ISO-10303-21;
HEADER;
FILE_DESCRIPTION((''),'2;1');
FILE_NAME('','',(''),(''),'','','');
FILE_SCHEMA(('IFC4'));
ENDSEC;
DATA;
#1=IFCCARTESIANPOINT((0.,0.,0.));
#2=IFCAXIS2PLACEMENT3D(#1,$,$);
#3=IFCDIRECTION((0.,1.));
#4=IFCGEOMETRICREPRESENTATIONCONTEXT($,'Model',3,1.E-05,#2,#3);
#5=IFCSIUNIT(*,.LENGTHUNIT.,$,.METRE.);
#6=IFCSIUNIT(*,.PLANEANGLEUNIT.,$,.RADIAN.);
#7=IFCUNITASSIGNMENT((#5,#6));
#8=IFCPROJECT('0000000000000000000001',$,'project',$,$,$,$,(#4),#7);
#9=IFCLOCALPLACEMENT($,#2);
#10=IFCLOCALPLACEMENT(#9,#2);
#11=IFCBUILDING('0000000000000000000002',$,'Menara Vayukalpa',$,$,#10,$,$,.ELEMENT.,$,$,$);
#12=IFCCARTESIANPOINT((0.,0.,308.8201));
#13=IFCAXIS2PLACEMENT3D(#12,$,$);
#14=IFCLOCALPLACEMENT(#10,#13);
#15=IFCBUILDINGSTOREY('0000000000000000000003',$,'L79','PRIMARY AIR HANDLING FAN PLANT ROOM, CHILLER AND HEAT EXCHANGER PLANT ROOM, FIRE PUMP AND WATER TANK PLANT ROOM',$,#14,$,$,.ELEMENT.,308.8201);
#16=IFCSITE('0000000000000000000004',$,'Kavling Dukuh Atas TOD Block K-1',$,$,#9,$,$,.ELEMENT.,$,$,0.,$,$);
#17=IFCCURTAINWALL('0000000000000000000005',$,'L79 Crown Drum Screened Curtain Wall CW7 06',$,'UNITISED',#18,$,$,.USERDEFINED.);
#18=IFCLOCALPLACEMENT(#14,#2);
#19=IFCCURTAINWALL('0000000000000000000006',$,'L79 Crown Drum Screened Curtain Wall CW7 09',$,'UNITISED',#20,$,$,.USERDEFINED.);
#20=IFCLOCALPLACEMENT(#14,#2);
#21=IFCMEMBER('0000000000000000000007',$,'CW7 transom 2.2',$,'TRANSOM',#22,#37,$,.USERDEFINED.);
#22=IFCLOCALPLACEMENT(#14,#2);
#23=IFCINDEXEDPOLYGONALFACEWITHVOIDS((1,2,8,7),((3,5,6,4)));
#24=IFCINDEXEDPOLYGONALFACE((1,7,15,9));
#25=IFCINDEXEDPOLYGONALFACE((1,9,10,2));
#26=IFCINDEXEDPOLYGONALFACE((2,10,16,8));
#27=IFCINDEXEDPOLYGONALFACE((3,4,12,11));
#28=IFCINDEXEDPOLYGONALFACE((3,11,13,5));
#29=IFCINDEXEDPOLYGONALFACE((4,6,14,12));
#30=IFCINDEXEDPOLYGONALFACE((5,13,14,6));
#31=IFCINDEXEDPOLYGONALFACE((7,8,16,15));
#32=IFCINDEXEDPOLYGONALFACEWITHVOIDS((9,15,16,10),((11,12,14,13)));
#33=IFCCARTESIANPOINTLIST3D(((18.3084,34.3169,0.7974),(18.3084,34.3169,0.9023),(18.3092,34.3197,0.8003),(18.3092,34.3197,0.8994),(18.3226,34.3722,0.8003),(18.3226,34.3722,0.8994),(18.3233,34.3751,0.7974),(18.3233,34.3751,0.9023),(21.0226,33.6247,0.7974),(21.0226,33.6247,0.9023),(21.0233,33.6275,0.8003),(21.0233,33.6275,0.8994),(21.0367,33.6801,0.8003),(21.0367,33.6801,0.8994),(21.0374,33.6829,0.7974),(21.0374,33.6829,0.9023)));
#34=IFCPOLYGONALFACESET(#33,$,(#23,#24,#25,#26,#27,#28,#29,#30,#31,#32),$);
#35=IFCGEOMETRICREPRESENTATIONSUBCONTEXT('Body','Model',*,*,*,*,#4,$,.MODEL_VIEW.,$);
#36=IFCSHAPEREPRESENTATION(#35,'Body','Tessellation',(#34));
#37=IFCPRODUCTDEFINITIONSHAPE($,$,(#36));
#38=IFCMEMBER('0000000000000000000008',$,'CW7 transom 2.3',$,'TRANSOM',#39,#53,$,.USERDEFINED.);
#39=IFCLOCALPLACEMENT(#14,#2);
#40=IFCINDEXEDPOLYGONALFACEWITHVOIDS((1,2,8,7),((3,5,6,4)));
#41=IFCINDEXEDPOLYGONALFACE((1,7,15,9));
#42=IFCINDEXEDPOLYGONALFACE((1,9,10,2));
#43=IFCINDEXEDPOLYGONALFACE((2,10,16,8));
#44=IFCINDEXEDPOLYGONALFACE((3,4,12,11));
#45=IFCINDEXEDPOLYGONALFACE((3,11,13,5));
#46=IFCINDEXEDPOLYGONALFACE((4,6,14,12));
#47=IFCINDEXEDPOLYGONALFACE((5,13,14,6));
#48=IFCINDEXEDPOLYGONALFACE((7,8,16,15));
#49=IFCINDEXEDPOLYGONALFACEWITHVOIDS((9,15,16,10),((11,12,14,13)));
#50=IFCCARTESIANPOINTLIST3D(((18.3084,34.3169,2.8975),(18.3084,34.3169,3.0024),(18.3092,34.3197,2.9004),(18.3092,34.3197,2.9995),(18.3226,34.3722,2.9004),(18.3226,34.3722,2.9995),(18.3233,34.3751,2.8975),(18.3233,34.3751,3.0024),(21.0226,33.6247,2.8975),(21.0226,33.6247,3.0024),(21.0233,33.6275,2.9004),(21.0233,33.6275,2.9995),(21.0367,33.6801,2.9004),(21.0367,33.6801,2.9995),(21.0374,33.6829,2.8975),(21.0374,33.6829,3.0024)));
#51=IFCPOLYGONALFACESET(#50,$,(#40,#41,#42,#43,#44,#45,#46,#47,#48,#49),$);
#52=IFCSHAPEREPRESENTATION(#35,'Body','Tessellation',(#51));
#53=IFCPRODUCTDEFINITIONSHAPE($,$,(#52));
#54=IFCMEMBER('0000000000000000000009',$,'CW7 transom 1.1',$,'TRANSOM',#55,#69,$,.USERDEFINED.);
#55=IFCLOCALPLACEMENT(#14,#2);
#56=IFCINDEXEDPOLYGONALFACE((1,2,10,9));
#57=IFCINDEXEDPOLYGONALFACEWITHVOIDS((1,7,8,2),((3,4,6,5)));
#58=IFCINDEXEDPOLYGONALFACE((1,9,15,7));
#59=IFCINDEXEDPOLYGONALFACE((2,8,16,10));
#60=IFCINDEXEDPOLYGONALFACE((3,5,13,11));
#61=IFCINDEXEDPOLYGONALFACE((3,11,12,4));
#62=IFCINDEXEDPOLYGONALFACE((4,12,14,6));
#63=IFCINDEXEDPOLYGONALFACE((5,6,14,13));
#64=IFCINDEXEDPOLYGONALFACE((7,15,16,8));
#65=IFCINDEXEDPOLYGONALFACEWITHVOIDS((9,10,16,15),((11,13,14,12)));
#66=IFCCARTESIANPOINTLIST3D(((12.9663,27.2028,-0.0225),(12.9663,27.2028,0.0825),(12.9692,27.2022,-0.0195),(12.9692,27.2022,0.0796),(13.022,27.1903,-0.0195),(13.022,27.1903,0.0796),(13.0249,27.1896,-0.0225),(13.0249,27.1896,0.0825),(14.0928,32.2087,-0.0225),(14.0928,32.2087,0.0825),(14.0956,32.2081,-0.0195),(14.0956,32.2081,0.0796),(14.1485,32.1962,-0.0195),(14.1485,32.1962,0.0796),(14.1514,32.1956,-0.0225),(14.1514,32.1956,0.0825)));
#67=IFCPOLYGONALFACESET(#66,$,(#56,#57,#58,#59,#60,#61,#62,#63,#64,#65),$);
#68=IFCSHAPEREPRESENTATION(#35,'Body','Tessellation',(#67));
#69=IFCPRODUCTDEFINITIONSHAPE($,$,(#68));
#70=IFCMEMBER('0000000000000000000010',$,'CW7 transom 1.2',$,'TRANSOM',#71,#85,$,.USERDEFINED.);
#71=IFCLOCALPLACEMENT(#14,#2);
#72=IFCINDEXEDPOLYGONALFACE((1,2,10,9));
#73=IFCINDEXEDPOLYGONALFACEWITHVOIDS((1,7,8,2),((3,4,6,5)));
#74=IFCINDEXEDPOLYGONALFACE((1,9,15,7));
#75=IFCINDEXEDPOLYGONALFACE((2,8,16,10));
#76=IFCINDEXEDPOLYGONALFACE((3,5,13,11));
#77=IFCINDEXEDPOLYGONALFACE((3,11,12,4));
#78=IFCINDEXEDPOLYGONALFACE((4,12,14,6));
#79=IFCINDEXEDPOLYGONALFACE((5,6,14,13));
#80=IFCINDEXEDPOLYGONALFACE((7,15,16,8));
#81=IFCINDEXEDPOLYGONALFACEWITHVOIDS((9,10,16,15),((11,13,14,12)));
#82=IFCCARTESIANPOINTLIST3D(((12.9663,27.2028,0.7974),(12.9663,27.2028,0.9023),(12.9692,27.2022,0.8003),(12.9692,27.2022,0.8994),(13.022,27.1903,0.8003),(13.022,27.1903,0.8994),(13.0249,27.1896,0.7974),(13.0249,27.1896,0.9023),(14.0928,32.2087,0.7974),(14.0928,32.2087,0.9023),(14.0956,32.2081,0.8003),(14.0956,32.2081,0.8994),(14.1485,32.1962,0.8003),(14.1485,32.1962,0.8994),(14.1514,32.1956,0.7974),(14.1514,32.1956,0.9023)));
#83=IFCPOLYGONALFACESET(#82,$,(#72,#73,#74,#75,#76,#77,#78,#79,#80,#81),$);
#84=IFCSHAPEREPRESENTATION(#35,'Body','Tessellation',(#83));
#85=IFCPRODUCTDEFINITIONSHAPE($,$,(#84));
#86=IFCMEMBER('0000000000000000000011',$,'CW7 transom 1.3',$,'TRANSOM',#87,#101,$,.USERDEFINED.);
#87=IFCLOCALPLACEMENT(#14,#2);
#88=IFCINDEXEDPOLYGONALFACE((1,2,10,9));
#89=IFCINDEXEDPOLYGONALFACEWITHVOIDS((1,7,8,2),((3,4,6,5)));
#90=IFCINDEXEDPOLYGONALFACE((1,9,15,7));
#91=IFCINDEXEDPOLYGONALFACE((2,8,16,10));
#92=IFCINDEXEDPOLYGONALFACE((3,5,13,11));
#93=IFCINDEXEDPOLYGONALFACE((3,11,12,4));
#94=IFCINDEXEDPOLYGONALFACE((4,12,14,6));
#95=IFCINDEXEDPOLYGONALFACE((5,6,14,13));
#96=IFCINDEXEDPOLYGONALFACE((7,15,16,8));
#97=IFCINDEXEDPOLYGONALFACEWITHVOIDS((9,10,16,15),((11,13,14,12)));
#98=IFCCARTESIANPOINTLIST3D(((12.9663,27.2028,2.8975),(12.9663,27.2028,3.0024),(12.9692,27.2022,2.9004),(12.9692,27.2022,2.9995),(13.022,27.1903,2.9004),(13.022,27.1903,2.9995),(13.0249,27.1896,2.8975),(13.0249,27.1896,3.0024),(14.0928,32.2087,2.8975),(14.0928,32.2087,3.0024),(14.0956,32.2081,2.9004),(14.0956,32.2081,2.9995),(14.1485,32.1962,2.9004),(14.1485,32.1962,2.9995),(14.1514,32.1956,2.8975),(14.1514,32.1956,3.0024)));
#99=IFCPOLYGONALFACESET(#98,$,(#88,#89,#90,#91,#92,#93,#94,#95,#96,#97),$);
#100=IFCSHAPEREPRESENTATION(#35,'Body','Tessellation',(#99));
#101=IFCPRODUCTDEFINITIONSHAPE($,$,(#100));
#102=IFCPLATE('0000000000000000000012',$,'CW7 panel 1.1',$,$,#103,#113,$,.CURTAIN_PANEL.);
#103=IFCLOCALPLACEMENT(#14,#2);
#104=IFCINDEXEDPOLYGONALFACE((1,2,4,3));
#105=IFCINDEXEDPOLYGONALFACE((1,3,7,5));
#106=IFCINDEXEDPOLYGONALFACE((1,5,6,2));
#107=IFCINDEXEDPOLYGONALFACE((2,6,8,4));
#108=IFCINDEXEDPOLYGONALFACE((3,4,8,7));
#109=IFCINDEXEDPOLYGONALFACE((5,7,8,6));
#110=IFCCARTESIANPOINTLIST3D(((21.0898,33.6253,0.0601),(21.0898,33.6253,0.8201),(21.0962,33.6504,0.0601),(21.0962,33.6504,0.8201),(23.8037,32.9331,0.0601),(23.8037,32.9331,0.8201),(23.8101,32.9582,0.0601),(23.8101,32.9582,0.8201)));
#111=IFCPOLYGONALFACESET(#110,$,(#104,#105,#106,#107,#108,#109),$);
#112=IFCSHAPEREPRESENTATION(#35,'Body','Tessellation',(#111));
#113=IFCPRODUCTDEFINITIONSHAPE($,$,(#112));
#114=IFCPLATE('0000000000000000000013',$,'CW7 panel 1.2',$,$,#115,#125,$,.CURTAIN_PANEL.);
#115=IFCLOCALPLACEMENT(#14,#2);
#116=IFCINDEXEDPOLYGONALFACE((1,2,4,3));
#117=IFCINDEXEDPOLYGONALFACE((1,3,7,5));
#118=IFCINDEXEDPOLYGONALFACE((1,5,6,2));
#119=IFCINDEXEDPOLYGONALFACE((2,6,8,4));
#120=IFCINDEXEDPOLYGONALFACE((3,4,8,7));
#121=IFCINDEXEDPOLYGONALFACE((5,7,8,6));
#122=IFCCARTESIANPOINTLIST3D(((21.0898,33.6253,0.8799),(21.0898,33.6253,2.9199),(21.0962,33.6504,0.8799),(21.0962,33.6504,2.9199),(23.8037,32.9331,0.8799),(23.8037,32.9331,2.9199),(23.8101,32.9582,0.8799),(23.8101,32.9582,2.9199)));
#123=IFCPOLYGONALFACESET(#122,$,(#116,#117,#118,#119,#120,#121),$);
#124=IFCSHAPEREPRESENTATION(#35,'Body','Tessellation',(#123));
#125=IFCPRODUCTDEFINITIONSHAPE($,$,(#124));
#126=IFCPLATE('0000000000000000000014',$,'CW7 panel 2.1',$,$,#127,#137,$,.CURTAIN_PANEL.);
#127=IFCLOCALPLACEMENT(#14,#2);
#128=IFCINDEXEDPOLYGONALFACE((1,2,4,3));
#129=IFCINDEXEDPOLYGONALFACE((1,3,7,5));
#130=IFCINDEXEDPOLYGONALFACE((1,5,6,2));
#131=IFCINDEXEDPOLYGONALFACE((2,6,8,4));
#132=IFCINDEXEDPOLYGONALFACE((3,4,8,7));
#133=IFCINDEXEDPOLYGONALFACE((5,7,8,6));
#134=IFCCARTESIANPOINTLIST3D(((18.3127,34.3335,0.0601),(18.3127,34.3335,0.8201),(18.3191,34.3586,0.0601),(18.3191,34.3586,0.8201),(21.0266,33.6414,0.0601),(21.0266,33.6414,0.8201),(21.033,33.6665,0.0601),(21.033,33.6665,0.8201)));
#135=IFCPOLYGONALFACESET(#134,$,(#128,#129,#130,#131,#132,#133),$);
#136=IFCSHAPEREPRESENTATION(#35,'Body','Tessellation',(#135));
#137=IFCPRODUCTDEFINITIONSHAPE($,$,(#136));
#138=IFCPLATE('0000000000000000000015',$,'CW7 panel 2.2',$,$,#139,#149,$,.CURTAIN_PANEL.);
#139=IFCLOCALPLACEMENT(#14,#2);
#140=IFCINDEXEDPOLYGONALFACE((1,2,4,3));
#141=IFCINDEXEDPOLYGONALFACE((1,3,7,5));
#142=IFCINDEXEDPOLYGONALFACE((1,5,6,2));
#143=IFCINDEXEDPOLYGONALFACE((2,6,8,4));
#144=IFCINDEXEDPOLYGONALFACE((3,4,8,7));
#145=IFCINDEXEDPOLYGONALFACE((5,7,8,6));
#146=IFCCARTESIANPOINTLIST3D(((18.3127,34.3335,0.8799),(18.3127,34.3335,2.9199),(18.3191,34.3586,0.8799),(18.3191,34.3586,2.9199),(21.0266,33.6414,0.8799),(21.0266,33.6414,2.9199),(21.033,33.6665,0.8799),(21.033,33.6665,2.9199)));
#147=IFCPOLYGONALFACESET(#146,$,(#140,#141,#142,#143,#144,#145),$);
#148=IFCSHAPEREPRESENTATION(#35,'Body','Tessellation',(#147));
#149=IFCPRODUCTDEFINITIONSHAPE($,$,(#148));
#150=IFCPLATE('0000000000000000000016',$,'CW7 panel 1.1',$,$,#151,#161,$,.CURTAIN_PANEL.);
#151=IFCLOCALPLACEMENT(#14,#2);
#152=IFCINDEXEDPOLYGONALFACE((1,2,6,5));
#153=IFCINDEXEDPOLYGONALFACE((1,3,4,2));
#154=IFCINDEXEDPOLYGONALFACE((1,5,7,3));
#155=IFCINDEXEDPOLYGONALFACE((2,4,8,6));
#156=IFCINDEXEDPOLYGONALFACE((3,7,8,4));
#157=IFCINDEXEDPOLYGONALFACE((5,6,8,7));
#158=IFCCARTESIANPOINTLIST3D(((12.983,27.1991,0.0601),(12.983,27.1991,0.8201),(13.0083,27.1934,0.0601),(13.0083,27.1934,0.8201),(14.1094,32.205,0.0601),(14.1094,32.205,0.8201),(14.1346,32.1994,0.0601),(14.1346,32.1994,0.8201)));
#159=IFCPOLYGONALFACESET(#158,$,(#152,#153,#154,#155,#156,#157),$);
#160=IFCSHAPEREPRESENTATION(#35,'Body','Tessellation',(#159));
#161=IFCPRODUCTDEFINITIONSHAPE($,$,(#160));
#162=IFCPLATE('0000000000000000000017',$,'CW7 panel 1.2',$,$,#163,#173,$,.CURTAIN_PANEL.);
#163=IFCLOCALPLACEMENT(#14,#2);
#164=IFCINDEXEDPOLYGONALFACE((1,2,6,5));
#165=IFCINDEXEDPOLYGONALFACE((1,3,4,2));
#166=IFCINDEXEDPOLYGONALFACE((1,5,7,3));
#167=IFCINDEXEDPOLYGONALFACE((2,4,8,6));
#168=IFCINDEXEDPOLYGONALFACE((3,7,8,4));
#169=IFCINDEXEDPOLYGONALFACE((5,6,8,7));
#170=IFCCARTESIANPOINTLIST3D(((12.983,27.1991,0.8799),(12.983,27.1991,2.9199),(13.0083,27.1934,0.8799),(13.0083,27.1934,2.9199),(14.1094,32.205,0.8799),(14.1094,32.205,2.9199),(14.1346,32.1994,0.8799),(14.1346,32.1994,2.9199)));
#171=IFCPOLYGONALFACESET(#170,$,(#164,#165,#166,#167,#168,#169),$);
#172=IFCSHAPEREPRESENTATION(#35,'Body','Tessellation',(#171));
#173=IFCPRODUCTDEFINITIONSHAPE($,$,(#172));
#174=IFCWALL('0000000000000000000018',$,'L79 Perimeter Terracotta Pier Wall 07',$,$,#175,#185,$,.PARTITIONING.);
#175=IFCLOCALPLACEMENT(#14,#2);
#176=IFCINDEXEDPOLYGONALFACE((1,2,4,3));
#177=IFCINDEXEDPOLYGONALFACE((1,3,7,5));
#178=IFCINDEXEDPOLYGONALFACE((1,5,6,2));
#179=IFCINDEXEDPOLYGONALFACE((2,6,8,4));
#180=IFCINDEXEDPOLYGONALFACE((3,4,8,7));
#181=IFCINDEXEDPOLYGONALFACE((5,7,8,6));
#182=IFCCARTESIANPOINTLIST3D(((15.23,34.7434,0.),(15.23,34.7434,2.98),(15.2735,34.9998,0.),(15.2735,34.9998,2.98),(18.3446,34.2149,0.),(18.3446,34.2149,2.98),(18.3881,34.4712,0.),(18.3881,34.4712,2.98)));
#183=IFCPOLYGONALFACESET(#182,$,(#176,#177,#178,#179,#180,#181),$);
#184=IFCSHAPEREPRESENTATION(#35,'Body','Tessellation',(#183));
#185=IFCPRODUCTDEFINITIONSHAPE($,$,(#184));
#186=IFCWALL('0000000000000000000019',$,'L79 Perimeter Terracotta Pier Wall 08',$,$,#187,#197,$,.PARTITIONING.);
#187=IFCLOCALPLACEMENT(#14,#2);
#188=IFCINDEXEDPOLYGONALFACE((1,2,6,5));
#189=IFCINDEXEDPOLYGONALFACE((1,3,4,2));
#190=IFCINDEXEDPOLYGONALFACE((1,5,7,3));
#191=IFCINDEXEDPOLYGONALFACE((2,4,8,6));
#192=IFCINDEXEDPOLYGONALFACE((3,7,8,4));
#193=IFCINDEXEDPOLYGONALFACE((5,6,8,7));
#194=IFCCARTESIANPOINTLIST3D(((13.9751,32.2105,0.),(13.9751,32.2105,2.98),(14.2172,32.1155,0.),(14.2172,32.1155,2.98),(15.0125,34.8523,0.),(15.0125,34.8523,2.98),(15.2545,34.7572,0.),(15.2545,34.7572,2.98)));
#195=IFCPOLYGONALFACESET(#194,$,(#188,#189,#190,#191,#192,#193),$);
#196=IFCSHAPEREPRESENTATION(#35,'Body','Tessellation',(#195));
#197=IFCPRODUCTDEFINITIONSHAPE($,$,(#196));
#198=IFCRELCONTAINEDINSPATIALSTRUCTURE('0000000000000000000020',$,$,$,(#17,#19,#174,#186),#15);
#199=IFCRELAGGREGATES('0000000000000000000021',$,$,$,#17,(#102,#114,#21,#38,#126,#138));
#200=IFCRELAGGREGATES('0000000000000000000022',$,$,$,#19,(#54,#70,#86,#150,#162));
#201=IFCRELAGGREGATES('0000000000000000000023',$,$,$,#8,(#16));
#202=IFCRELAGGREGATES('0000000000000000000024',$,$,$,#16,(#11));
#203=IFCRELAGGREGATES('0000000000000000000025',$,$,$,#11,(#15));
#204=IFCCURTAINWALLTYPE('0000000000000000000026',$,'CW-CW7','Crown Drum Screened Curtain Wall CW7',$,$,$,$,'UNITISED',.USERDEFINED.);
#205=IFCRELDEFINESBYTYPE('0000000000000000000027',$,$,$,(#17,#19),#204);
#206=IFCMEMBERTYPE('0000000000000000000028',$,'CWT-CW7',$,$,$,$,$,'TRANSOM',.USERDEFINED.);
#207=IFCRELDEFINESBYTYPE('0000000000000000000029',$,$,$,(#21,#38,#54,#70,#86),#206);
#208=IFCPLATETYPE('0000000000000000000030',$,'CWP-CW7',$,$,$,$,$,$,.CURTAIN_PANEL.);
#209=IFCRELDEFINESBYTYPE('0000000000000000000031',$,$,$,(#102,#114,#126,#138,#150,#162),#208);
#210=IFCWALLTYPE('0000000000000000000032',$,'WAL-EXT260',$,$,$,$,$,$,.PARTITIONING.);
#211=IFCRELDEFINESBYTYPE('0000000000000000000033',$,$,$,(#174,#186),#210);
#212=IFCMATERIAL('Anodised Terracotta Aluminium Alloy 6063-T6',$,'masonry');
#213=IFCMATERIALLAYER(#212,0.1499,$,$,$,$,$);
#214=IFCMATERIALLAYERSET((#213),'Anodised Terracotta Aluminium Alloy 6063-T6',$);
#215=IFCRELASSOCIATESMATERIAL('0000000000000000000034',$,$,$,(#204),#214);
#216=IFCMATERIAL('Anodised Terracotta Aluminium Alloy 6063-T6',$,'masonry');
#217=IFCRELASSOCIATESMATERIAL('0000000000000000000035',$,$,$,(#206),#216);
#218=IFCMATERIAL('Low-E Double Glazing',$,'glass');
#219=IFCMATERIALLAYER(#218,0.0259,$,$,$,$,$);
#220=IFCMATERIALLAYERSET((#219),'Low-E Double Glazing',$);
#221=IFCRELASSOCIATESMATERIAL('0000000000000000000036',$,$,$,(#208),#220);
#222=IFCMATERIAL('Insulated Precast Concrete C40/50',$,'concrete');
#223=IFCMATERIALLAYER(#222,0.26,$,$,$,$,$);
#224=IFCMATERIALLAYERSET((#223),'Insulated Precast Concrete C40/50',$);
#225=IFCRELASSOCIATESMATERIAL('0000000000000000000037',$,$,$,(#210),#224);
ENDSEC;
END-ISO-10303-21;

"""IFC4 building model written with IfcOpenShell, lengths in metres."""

from ifc_helpers import new_model, si_unit, direction, frame, frame_2d, origin, origin_2d, place, context, subcontext, project, spatial, rectangle, hollow_rectangle, extrude, material, layer, layer_set, material_profile, profile_set, type_object, element, aggregate, save


model = new_model("IFC4")

# Units and contexts
model_context = context("Model", 3, precision=1e-05, world=origin(), true_north=direction((0.0, 1.0)))
body_context = subcontext(model_context, "Body", "Model", "MODEL_VIEW")
ifc_project = project(units=[si_unit("LENGTHUNIT", "METRE"), si_unit("PLANEANGLEUNIT", "RADIAN")], contexts=[model_context])

# Site, building, storey
site_placement = place(None, origin())
site = spatial("IfcSite", under=ifc_project, at=site_placement, Name="Kavling Dukuh Atas TOD Block K-1", CompositionType="ELEMENT", RefElevation=0.0)
building_placement = place(site_placement, origin())
building = spatial("IfcBuilding", under=site, at=building_placement, Name="Menara Vayukalpa", CompositionType="ELEMENT")
storey_placement = place(building_placement, frame((0.0, 0.0, 308.8201)))
storey = spatial("IfcBuildingStorey", under=building, at=storey_placement, Name="L79", Description="PRIMARY AIR HANDLING FAN PLANT ROOM, CHILLER AND HEAT EXCHANGER PLANT ROOM, FIRE PUMP AND WATER TANK PLANT ROOM", CompositionType="ELEMENT", Elevation=308.8201)

# Curtain wall
ifc_material_1 = material(Name="Anodised Terracotta Aluminium Alloy 6063-T6", Category="masonry")
ifc_layer_1 = layer(ifc_material_1, 0.1499)
ifc_layer_set_1 = layer_set([ifc_layer_1], Name="Anodised Terracotta Aluminium Alloy 6063-T6")
curtain_wall_type = type_object("IfcCurtainWallType", Name="CW-CW7", Description="Crown Drum Screened Curtain Wall CW7", ElementType="UNITISED", PredefinedType="USERDEFINED", material=ifc_layer_set_1)
curtain_wall_1_placement = place(storey_placement, origin())
curtain_wall_1 = element("IfcCurtainWall", 1, at=curtain_wall_1_placement, inside=storey, type_object=curtain_wall_type, Name="L79 Crown Drum Screened Curtain Wall CW7 06", ObjectType="UNITISED", PredefinedType="USERDEFINED")

# Curtain wall
curtain_wall_2_placement = place(storey_placement, origin())
curtain_wall_2 = element("IfcCurtainWall", 2, at=curtain_wall_2_placement, inside=storey, type_object=curtain_wall_type, Name="L79 Crown Drum Screened Curtain Wall CW7 09", ObjectType="UNITISED", PredefinedType="USERDEFINED")

# Members
ifc_material_2 = material(Name="Anodised Terracotta Aluminium Alloy 6063-T6", Category="masonry")
ifc_material_profile_1 = material_profile(ifc_material_2, hollow_rectangle(XDim=0.0601, YDim=0.105, WallThickness=0.0029, at=origin_2d()), Name="ALU 60x105x3")
ifc_profile_set_1 = profile_set([ifc_material_profile_1], Name="Anodised Terracotta Aluminium Alloy 6063-T6")
member_type_1 = type_object("IfcMemberType", Name="CWT-CW7", ElementType="TRANSOM", PredefinedType="USERDEFINED", material=ifc_profile_set_1)
member_1_placement = place(storey_placement, frame((21.03, 33.6538, 0.8499), z_axis=(-0.968988, 0.247106, 0.0), x_axis=(-0.247106, -0.968988, 0.0)))
member_1 = element("IfcMember", 3, at=member_1_placement, type_object=member_type_1, Name="CW7 transom 2.2", ObjectType="TRANSOM", PredefinedType="USERDEFINED", context=body_context, shape_type="SweptSolid", body=[
    extrude(hollow_rectangle(XDim=0.0601, YDim=0.105, WallThickness=0.0029, at=origin_2d()), origin(), (0.0, 0.0, 1.0), 2.801),
])
member_2_placement = place(storey_placement, frame((21.03, 33.6538, 2.95), z_axis=(-0.968988, 0.247106, 0.0), x_axis=(-0.247106, -0.968988, 0.0)))
member_2 = element("IfcMember", 4, at=member_2_placement, type_object=member_type_1, Name="CW7 transom 2.3", ObjectType="TRANSOM", PredefinedType="USERDEFINED", context=body_context, shape_type="SweptSolid", body=[
    extrude(hollow_rectangle(XDim=0.0601, YDim=0.105, WallThickness=0.0029, at=origin_2d()), origin(), (0.0, 0.0, 1.0), 2.801),
])
member_3_placement = place(storey_placement, frame((14.1221, 32.2021, 0.03), z_axis=(-0.219539, -0.975604, 0.0), x_axis=(0.975604, -0.219539, 0.0)))
member_3 = element("IfcMember", 5, at=member_3_placement, type_object=member_type_1, Name="CW7 transom 1.1", ObjectType="TRANSOM", PredefinedType="USERDEFINED", context=body_context, shape_type="SweptSolid", body=[
    extrude(hollow_rectangle(XDim=0.0601, YDim=0.105, WallThickness=0.0029, at=origin_2d()), origin(), (0.0, 0.0, 1.0), 5.1311),
])
member_4_placement = place(storey_placement, frame((14.1221, 32.2021, 0.8499), z_axis=(-0.219539, -0.975604, 0.0), x_axis=(0.975604, -0.219539, 0.0)))
member_4 = element("IfcMember", 6, at=member_4_placement, type_object=member_type_1, Name="CW7 transom 1.2", ObjectType="TRANSOM", PredefinedType="USERDEFINED", context=body_context, shape_type="SweptSolid", body=[
    extrude(hollow_rectangle(XDim=0.0601, YDim=0.105, WallThickness=0.0029, at=origin_2d()), origin(), (0.0, 0.0, 1.0), 5.1311),
])
member_5_placement = place(storey_placement, frame((14.1221, 32.2021, 2.95), z_axis=(-0.219539, -0.975604, 0.0), x_axis=(0.975604, -0.219539, 0.0)))
member_5 = element("IfcMember", 7, at=member_5_placement, type_object=member_type_1, Name="CW7 transom 1.3", ObjectType="TRANSOM", PredefinedType="USERDEFINED", context=body_context, shape_type="SweptSolid", body=[
    extrude(hollow_rectangle(XDim=0.0601, YDim=0.105, WallThickness=0.0029, at=origin_2d()), origin(), (0.0, 0.0, 1.0), 5.1311),
])

# Plates
ifc_material_3 = material(Name="Low-E Double Glazing", Category="glass")
ifc_layer_2 = layer(ifc_material_3, 0.0259)
ifc_layer_set_2 = layer_set([ifc_layer_2], Name="Low-E Double Glazing")
plate_type = type_object("IfcPlateType", Name="CWP-CW7", PredefinedType="CURTAIN_PANEL", material=ifc_layer_set_2)
plate_1_placement = place(storey_placement, frame((22.45, 33.2917, 0.0601), z_axis=(0.0, 0.0, 1.0), x_axis=(-0.968984, 0.247124, 0.0)))
plate_1 = element("IfcPlate", 8, at=plate_1_placement, type_object=plate_type, Name="CW7 panel 1.1", PredefinedType="CURTAIN_PANEL", context=body_context, shape_type="SweptSolid", body=[
    extrude(rectangle(XDim=2.8008, YDim=0.0259, at=origin_2d()), origin(), (0.0, 0.0, 1.0), 0.76),
])
plate_2_placement = place(storey_placement, frame((22.45, 33.2917, 0.8799), z_axis=(0.0, 0.0, 1.0), x_axis=(-0.968984, 0.247124, 0.0)))
plate_2 = element("IfcPlate", 9, at=plate_2_placement, type_object=plate_type, Name="CW7 panel 1.2", PredefinedType="CURTAIN_PANEL", context=body_context, shape_type="SweptSolid", body=[
    extrude(rectangle(XDim=2.8008, YDim=0.0259, at=origin_2d()), origin(), (0.0, 0.0, 1.0), 2.04),
])
plate_3_placement = place(storey_placement, frame((19.6729, 34.0, 0.0601), z_axis=(0.0, 0.0, 1.0), x_axis=(-0.968984, 0.247124, 0.0)))
plate_3 = element("IfcPlate", 10, at=plate_3_placement, type_object=plate_type, Name="CW7 panel 2.1", PredefinedType="CURTAIN_PANEL", context=body_context, shape_type="SweptSolid", body=[
    extrude(rectangle(XDim=2.8008, YDim=0.0259, at=origin_2d()), origin(), (0.0, 0.0, 1.0), 0.76),
])
plate_4_placement = place(storey_placement, frame((19.6729, 34.0, 0.8799), z_axis=(0.0, 0.0, 1.0), x_axis=(-0.968984, 0.247124, 0.0)))
plate_4 = element("IfcPlate", 11, at=plate_4_placement, type_object=plate_type, Name="CW7 panel 2.2", PredefinedType="CURTAIN_PANEL", context=body_context, shape_type="SweptSolid", body=[
    extrude(rectangle(XDim=2.8008, YDim=0.0259, at=origin_2d()), origin(), (0.0, 0.0, 1.0), 2.04),
])
aggregate(curtain_wall_1, [plate_1, plate_2, member_1, member_2, plate_3, plate_4])
plate_5_placement = place(storey_placement, frame((13.5588, 29.6992, 0.0601), z_axis=(0.0, 0.0, 1.0), x_axis=(-0.219516, -0.975609, 0.0)))
plate_5 = element("IfcPlate", 12, at=plate_5_placement, type_object=plate_type, Name="CW7 panel 1.1", PredefinedType="CURTAIN_PANEL", context=body_context, shape_type="SweptSolid", body=[
    extrude(rectangle(XDim=5.1311, YDim=0.0259, at=origin_2d()), origin(), (0.0, 0.0, 1.0), 0.76),
])
plate_6_placement = place(storey_placement, frame((13.5588, 29.6992, 0.8799), z_axis=(0.0, 0.0, 1.0), x_axis=(-0.219516, -0.975609, 0.0)))
plate_6 = element("IfcPlate", 13, at=plate_6_placement, type_object=plate_type, Name="CW7 panel 1.2", PredefinedType="CURTAIN_PANEL", context=body_context, shape_type="SweptSolid", body=[
    extrude(rectangle(XDim=5.1311, YDim=0.0259, at=origin_2d()), origin(), (0.0, 0.0, 1.0), 2.04),
])
aggregate(curtain_wall_2, [member_3, member_4, member_5, plate_5, plate_6])

# Walls
ifc_material_4 = material(Name="Insulated Precast Concrete C40/50", Category="concrete")
ifc_layer_3 = layer(ifc_material_4, 0.26)
ifc_layer_set_3 = layer_set([ifc_layer_3], Name="Insulated Precast Concrete C40/50")
wall_type = type_object("IfcWallType", Name="WAL-EXT260", PredefinedType="PARTITIONING", material=ifc_layer_set_3)
wall_1_placement = place(storey_placement, frame((15.2517, 34.8716, 0.0), z_axis=(0.0, 0.0, 1.0), x_axis=(0.985905, -0.167306, 0.0)))
element("IfcWall", 14, at=wall_1_placement, inside=storey, type_object=wall_type, Name="L79 Perimeter Terracotta Pier Wall 07", PredefinedType="PARTITIONING", context=body_context, shape_type="SweptSolid", body=[
    extrude(rectangle(XDim=3.1592, YDim=0.26, at=frame_2d((1.5796, 0.0))), origin(), (0.0, 0.0, 1.0), 2.98),
])
wall_2_placement = place(storey_placement, frame((14.0962, 32.1631, 0.0), z_axis=(0.0, 0.0, 1.0), x_axis=(0.365495, 0.930813, 0.0)))
element("IfcWall", 15, at=wall_2_placement, inside=storey, type_object=wall_type, Name="L79 Perimeter Terracotta Pier Wall 08", PredefinedType="PARTITIONING", context=body_context, shape_type="SweptSolid", body=[
    extrude(rectangle(XDim=2.8381, YDim=0.26, at=frame_2d((1.4189, 0.0))), origin(), (0.0, 0.0, 1.0), 2.98),
])

save(model, "model.ifc")
